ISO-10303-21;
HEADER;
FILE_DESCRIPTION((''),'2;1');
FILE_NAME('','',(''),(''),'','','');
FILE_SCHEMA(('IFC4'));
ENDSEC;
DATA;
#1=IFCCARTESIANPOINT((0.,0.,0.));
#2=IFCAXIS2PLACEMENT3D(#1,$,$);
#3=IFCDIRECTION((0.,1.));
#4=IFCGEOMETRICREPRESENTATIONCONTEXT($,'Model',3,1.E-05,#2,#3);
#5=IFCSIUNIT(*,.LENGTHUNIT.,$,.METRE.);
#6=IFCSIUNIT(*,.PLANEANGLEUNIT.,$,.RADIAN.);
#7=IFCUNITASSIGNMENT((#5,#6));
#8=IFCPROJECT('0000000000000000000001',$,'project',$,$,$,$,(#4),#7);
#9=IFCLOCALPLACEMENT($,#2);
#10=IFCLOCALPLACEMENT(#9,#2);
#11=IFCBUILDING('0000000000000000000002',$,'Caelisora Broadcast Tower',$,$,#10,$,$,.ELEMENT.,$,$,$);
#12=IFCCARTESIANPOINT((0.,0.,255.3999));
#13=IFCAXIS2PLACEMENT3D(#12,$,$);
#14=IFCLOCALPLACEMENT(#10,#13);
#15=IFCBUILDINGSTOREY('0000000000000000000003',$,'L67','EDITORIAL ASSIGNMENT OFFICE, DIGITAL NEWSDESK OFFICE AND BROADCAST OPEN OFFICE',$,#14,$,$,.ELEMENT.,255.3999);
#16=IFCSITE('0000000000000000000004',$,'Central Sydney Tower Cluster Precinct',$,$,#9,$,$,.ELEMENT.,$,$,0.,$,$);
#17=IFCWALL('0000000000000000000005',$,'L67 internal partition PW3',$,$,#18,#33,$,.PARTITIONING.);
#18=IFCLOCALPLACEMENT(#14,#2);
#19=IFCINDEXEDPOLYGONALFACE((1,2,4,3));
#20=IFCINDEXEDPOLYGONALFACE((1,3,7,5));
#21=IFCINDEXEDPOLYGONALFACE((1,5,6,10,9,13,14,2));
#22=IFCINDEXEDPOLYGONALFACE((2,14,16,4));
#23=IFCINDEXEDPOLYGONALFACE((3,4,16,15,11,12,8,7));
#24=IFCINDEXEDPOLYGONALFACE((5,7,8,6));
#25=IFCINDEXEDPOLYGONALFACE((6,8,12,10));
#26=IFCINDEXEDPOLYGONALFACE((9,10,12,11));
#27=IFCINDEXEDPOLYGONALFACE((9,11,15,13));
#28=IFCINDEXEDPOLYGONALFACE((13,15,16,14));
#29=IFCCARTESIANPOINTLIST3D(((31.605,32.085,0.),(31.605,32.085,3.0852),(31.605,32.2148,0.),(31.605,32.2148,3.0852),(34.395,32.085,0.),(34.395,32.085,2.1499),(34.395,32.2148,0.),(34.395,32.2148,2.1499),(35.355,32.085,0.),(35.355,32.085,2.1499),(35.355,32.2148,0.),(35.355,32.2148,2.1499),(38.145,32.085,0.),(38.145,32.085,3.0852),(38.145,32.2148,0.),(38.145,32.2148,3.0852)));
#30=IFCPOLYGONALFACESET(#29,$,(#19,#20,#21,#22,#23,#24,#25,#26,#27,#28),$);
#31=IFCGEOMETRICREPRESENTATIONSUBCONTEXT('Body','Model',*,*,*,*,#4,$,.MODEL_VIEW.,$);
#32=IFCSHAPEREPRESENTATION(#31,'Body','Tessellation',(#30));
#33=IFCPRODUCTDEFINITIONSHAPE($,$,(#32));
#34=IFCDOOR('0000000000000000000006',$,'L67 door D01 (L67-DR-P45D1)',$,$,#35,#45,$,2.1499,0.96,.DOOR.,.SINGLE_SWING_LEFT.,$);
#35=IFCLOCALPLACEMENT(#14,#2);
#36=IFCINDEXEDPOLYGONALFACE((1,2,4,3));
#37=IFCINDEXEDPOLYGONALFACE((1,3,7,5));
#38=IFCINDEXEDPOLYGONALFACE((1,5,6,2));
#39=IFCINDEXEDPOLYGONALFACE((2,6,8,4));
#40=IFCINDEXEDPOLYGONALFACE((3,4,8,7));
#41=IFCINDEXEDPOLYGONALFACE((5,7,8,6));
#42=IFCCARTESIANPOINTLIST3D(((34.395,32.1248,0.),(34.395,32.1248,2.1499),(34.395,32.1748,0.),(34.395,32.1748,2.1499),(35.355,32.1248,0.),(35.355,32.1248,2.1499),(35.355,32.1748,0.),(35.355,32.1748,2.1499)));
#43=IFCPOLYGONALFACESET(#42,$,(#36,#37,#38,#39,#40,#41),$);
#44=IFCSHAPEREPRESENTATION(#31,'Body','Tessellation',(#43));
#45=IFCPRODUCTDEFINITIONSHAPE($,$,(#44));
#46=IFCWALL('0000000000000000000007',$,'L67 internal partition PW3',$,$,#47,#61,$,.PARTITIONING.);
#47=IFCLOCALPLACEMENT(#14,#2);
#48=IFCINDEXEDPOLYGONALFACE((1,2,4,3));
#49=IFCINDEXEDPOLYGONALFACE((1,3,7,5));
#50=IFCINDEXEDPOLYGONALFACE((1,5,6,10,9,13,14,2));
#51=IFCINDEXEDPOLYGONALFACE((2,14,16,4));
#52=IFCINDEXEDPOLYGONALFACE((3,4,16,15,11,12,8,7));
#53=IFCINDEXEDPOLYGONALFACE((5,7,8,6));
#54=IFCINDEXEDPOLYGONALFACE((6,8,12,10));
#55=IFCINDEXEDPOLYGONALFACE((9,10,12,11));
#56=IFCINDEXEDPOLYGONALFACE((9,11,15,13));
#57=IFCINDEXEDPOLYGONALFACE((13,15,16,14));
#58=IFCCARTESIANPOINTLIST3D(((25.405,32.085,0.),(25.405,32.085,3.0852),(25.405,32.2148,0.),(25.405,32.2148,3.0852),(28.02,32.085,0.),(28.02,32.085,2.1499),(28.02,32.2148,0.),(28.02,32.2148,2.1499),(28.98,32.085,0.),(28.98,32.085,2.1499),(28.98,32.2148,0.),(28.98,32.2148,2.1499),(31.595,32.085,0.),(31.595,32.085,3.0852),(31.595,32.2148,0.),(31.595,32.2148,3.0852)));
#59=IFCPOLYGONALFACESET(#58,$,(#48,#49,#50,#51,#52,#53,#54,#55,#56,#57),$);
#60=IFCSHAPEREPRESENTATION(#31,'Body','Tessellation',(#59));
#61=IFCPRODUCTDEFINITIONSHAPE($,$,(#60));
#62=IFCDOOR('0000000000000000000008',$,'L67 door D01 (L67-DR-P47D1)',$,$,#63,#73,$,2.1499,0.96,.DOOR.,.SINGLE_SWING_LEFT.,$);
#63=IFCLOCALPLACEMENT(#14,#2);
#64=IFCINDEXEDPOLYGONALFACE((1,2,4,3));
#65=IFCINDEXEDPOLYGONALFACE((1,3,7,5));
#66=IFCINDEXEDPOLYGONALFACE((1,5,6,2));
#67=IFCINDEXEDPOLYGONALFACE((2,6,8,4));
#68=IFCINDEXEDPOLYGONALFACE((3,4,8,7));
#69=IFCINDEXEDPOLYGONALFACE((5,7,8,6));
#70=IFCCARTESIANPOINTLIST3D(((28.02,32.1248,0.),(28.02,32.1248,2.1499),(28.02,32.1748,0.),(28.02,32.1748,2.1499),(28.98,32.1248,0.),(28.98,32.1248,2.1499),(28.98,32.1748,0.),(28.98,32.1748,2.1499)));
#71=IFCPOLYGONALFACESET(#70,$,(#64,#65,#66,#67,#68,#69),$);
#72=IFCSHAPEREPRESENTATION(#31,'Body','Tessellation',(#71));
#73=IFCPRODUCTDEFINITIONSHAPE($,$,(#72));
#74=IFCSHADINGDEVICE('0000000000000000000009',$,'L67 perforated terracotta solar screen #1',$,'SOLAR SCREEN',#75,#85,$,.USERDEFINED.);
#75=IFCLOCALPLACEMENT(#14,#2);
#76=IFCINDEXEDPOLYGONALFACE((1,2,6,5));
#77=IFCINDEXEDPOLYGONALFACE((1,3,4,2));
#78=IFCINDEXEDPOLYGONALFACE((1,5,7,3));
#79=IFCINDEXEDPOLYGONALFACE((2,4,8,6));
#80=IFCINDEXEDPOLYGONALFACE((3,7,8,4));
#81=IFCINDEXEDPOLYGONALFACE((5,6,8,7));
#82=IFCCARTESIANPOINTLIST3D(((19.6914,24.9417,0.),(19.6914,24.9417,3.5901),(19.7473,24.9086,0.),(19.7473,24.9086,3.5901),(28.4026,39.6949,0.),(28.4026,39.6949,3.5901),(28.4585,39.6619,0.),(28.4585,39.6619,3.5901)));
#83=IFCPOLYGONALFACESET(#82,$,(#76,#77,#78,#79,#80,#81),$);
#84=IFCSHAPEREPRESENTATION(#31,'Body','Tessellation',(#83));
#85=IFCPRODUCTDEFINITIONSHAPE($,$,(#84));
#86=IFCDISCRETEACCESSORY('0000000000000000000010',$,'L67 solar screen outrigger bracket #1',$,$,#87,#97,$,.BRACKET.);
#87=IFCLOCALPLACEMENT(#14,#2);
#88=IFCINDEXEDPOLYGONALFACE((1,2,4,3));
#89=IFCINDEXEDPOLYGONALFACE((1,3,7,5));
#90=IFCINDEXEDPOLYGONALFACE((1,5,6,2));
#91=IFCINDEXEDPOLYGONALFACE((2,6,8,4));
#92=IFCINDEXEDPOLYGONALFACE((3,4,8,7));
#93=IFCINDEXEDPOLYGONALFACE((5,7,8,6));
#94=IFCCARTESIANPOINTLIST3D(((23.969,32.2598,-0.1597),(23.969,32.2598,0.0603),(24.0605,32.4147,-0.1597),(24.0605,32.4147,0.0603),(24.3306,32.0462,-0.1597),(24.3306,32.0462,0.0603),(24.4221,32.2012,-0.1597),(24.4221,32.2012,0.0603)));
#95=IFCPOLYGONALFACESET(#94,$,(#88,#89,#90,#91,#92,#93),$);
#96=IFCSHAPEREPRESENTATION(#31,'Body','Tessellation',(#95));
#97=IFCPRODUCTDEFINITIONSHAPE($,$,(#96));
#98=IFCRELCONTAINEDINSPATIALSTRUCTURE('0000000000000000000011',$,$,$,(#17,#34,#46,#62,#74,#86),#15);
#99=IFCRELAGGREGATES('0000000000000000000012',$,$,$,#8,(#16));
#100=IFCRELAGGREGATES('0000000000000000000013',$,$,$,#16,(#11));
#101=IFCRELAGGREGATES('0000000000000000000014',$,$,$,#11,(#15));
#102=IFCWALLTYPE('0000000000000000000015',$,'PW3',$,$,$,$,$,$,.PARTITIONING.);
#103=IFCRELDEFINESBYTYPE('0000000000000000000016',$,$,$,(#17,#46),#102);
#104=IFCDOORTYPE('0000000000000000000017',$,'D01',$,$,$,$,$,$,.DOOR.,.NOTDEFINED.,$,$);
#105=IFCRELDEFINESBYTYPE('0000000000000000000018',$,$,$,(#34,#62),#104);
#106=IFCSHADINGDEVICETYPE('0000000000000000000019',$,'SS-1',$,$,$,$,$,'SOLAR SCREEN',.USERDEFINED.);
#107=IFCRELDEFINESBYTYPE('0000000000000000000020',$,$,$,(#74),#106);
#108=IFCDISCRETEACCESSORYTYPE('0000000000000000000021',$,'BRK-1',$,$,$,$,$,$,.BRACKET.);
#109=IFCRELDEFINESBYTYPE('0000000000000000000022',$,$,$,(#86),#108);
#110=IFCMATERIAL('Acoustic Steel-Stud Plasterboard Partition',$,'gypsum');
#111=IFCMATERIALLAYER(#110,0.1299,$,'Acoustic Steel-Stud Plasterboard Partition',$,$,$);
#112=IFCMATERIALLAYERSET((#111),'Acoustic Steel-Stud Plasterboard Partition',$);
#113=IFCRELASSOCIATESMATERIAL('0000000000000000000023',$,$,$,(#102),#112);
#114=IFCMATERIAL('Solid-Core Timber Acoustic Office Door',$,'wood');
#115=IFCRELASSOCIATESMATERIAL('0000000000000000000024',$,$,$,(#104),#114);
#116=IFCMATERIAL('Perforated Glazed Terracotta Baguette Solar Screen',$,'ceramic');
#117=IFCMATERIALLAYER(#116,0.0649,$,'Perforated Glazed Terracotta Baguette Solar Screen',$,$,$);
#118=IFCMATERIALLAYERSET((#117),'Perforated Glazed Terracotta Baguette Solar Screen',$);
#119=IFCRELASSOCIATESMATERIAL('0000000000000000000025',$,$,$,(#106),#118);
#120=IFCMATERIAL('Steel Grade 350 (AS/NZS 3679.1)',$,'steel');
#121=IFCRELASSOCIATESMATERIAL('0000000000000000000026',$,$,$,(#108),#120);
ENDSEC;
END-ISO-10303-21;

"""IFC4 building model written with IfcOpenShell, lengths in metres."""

from ifc_helpers import new_model, si_unit, direction, frame, frame_2d, origin, origin_2d, place, context, subcontext, project, spatial, rectangle, extrude, source, transform, mapped, material, layer, layer_set, type_object, type_shapes, element, fill, save


model = new_model("IFC4")

# Units and contexts
model_context = context("Model", 3, precision=1e-05, world=origin(), true_north=direction((0.0, 1.0)))
body_context = subcontext(model_context, "Body", "Model", "MODEL_VIEW")
ifc_project = project(units=[si_unit("LENGTHUNIT", "METRE"), si_unit("PLANEANGLEUNIT", "RADIAN")], contexts=[model_context])

# Site, building, storey
site_placement = place(None, origin())
site = spatial("IfcSite", under=ifc_project, at=site_placement, Name="Central Sydney Tower Cluster Precinct", CompositionType="ELEMENT", RefElevation=0.0)
building_placement = place(site_placement, origin())
building = spatial("IfcBuilding", under=site, at=building_placement, Name="Caelisora Broadcast Tower", CompositionType="ELEMENT")
storey_placement = place(building_placement, frame((0.0, 0.0, 255.3999)))
storey = spatial("IfcBuildingStorey", under=building, at=storey_placement, Name="L67", Description="EDITORIAL ASSIGNMENT OFFICE, DIGITAL NEWSDESK OFFICE AND BROADCAST OPEN OFFICE", CompositionType="ELEMENT", Elevation=255.3999)

# Shared definitions
ifc_material_1 = material(Name="Steel Grade 350 (AS/NZS 3679.1)", Category="steel")

# Walls, openings, doors
ifc_material_2 = material(Name="Acoustic Steel-Stud Plasterboard Partition", Category="gypsum")
ifc_layer_1 = layer(ifc_material_2, 0.1299, Name="Acoustic Steel-Stud Plasterboard Partition")
ifc_layer_set_1 = layer_set([ifc_layer_1], Name="Acoustic Steel-Stud Plasterboard Partition")
wall_type = type_object("IfcWallType", Name="PW3", PredefinedType="PARTITIONING", material=ifc_layer_set_1)
wall_1_placement = place(storey_placement, frame((31.605, 32.1499, 0.0), z_axis=(0.0, 0.0, 1.0), x_axis=(1.0, 0.0, 0.0)))
wall_1 = element("IfcWall", 1, at=wall_1_placement, inside=storey, type_object=wall_type, Name="L67 internal partition PW3", PredefinedType="PARTITIONING", context=body_context, shape_type="SweptSolid", body=[
    extrude(rectangle(XDim=6.54, YDim=0.1299, at=frame_2d((3.27, 0.0))), origin(), (0.0, 0.0, 1.0), 3.0852),
])
opening_1_placement = place(wall_1_placement, frame((2.79, 0.0, 0.0)))
opening_1 = element("IfcOpeningElement", 2, at=opening_1_placement, cuts=wall_1, PredefinedType="OPENING", context=body_context, shape_type="SweptSolid", body=[
    extrude(rectangle(XDim=0.96, YDim=2.1499, at=frame_2d((0.48, 1.075))), frame((0.0, 0.0769, 0.0), z_axis=(0.0, -1.0, 0.0), x_axis=(1.0, 0.0, 0.0)), (0.0, 0.0, 1.0), 0.1538),
])
ifc_material_3 = material(Name="Solid-Core Timber Acoustic Office Door", Category="wood")
door_type = type_object("IfcDoorType", Name="D01", OperationType="NOTDEFINED", PredefinedType="DOOR", material=ifc_material_3)
door_1_placement = place(opening_1_placement, origin())
door_1 = element("IfcDoor", 3, at=door_1_placement, inside=storey, type_object=door_type, Name="L67 door D01 (L67-DR-P45D1)", OperationType="SINGLE_SWING_LEFT", OverallHeight=2.1499, OverallWidth=0.96, PredefinedType="DOOR", context=body_context, shape_type="SweptSolid", body=[
    extrude(rectangle(XDim=0.96, YDim=2.1499, at=frame_2d((0.48, 1.075))), frame((0.0, 0.0249, 0.0), z_axis=(0.0, -1.0, 0.0), x_axis=(1.0, 0.0, 0.0)), (0.0, 0.0, 1.0), 0.05),
])
fill(opening_1, door_1)
wall_2_placement = place(storey_placement, frame((25.405, 32.1499, 0.0), z_axis=(0.0, 0.0, 1.0), x_axis=(1.0, 0.0, 0.0)))
wall_2 = element("IfcWall", 4, at=wall_2_placement, inside=storey, type_object=wall_type, Name="L67 internal partition PW3", PredefinedType="PARTITIONING", context=body_context, shape_type="SweptSolid", body=[
    extrude(rectangle(XDim=6.1899, YDim=0.1299, at=frame_2d((3.095, 0.0))), origin(), (0.0, 0.0, 1.0), 3.0852),
])
opening_2_placement = place(wall_2_placement, frame((2.615, 0.0, 0.0)))
opening_2 = element("IfcOpeningElement", 5, at=opening_2_placement, cuts=wall_2, PredefinedType="OPENING", context=body_context, shape_type="SweptSolid", body=[
    extrude(rectangle(XDim=0.96, YDim=2.1499, at=frame_2d((0.48, 1.075))), frame((0.0, 0.0769, 0.0), z_axis=(0.0, -1.0, 0.0), x_axis=(1.0, 0.0, 0.0)), (0.0, 0.0, 1.0), 0.1538),
])
door_2_placement = place(opening_2_placement, origin())
door_2 = element("IfcDoor", 6, at=door_2_placement, inside=storey, type_object=door_type, Name="L67 door D01 (L67-DR-P47D1)", OperationType="SINGLE_SWING_LEFT", OverallHeight=2.1499, OverallWidth=0.96, PredefinedType="DOOR", context=body_context, shape_type="SweptSolid", body=[
    extrude(rectangle(XDim=0.96, YDim=2.1499, at=frame_2d((0.48, 1.075))), frame((0.0, 0.0249, 0.0), z_axis=(0.0, -1.0, 0.0), x_axis=(1.0, 0.0, 0.0)), (0.0, 0.0, 1.0), 0.05),
])
fill(opening_2, door_2)

# Shading device
ifc_material_4 = material(Name="Perforated Glazed Terracotta Baguette Solar Screen", Category="ceramic")
ifc_layer_2 = layer(ifc_material_4, 0.0649, Name="Perforated Glazed Terracotta Baguette Solar Screen")
ifc_layer_set_2 = layer_set([ifc_layer_2], Name="Perforated Glazed Terracotta Baguette Solar Screen")
shading_device_type = type_object("IfcShadingDeviceType", Name="SS-1", ElementType="SOLAR SCREEN", PredefinedType="USERDEFINED", material=ifc_layer_set_2)
shared_shape_1 = source(origin(), body_context, "Body", "SweptSolid", [
    extrude(rectangle(XDim=17.1331, YDim=0.0649, at=origin_2d()), origin(), (0.0, 0.0, 1.0), 3.5901),
])
type_shapes(shading_device_type, [shared_shape_1])
shading_device_placement = place(storey_placement, frame((24.075, 32.3018, 0.0), z_axis=(0.0, 0.0, 1.0), x_axis=(-0.50844, -0.861097, 0.0)))
element("IfcShadingDevice", 7, at=shading_device_placement, inside=storey, type_object=shading_device_type, Name="L67 perforated terracotta solar screen #1", ObjectType="SOLAR SCREEN", PredefinedType="USERDEFINED", context=body_context, shape_type="MappedRepresentation", body=[
    mapped(shared_shape_1, transform((0.0, 0.0, 0.0), scale=1.0)),
])

# Discrete accessory
discrete_accessory_type = type_object("IfcDiscreteAccessoryType", Name="BRK-1", PredefinedType="BRACKET", material=ifc_material_1)
shared_shape_2 = source(origin(), body_context, "Body", "SweptSolid", [
    extrude(rectangle(XDim=0.1799, YDim=0.4199, at=origin_2d()), origin(), (0.0, 0.0, 1.0), 0.22),
])
type_shapes(discrete_accessory_type, [shared_shape_2])
discrete_accessory_placement = place(storey_placement, frame((24.1956, 32.2305, -0.1597), z_axis=(0.0, 0.0, 1.0), x_axis=(-0.50844, -0.861097, 0.0)))
element("IfcDiscreteAccessory", 8, at=discrete_accessory_placement, inside=storey, type_object=discrete_accessory_type, Name="L67 solar screen outrigger bracket #1", PredefinedType="BRACKET", context=body_context, shape_type="MappedRepresentation", body=[
    mapped(shared_shape_2, transform((0.0, 0.0, 0.0), scale=1.0)),
])

save(model, "model.ifc")
